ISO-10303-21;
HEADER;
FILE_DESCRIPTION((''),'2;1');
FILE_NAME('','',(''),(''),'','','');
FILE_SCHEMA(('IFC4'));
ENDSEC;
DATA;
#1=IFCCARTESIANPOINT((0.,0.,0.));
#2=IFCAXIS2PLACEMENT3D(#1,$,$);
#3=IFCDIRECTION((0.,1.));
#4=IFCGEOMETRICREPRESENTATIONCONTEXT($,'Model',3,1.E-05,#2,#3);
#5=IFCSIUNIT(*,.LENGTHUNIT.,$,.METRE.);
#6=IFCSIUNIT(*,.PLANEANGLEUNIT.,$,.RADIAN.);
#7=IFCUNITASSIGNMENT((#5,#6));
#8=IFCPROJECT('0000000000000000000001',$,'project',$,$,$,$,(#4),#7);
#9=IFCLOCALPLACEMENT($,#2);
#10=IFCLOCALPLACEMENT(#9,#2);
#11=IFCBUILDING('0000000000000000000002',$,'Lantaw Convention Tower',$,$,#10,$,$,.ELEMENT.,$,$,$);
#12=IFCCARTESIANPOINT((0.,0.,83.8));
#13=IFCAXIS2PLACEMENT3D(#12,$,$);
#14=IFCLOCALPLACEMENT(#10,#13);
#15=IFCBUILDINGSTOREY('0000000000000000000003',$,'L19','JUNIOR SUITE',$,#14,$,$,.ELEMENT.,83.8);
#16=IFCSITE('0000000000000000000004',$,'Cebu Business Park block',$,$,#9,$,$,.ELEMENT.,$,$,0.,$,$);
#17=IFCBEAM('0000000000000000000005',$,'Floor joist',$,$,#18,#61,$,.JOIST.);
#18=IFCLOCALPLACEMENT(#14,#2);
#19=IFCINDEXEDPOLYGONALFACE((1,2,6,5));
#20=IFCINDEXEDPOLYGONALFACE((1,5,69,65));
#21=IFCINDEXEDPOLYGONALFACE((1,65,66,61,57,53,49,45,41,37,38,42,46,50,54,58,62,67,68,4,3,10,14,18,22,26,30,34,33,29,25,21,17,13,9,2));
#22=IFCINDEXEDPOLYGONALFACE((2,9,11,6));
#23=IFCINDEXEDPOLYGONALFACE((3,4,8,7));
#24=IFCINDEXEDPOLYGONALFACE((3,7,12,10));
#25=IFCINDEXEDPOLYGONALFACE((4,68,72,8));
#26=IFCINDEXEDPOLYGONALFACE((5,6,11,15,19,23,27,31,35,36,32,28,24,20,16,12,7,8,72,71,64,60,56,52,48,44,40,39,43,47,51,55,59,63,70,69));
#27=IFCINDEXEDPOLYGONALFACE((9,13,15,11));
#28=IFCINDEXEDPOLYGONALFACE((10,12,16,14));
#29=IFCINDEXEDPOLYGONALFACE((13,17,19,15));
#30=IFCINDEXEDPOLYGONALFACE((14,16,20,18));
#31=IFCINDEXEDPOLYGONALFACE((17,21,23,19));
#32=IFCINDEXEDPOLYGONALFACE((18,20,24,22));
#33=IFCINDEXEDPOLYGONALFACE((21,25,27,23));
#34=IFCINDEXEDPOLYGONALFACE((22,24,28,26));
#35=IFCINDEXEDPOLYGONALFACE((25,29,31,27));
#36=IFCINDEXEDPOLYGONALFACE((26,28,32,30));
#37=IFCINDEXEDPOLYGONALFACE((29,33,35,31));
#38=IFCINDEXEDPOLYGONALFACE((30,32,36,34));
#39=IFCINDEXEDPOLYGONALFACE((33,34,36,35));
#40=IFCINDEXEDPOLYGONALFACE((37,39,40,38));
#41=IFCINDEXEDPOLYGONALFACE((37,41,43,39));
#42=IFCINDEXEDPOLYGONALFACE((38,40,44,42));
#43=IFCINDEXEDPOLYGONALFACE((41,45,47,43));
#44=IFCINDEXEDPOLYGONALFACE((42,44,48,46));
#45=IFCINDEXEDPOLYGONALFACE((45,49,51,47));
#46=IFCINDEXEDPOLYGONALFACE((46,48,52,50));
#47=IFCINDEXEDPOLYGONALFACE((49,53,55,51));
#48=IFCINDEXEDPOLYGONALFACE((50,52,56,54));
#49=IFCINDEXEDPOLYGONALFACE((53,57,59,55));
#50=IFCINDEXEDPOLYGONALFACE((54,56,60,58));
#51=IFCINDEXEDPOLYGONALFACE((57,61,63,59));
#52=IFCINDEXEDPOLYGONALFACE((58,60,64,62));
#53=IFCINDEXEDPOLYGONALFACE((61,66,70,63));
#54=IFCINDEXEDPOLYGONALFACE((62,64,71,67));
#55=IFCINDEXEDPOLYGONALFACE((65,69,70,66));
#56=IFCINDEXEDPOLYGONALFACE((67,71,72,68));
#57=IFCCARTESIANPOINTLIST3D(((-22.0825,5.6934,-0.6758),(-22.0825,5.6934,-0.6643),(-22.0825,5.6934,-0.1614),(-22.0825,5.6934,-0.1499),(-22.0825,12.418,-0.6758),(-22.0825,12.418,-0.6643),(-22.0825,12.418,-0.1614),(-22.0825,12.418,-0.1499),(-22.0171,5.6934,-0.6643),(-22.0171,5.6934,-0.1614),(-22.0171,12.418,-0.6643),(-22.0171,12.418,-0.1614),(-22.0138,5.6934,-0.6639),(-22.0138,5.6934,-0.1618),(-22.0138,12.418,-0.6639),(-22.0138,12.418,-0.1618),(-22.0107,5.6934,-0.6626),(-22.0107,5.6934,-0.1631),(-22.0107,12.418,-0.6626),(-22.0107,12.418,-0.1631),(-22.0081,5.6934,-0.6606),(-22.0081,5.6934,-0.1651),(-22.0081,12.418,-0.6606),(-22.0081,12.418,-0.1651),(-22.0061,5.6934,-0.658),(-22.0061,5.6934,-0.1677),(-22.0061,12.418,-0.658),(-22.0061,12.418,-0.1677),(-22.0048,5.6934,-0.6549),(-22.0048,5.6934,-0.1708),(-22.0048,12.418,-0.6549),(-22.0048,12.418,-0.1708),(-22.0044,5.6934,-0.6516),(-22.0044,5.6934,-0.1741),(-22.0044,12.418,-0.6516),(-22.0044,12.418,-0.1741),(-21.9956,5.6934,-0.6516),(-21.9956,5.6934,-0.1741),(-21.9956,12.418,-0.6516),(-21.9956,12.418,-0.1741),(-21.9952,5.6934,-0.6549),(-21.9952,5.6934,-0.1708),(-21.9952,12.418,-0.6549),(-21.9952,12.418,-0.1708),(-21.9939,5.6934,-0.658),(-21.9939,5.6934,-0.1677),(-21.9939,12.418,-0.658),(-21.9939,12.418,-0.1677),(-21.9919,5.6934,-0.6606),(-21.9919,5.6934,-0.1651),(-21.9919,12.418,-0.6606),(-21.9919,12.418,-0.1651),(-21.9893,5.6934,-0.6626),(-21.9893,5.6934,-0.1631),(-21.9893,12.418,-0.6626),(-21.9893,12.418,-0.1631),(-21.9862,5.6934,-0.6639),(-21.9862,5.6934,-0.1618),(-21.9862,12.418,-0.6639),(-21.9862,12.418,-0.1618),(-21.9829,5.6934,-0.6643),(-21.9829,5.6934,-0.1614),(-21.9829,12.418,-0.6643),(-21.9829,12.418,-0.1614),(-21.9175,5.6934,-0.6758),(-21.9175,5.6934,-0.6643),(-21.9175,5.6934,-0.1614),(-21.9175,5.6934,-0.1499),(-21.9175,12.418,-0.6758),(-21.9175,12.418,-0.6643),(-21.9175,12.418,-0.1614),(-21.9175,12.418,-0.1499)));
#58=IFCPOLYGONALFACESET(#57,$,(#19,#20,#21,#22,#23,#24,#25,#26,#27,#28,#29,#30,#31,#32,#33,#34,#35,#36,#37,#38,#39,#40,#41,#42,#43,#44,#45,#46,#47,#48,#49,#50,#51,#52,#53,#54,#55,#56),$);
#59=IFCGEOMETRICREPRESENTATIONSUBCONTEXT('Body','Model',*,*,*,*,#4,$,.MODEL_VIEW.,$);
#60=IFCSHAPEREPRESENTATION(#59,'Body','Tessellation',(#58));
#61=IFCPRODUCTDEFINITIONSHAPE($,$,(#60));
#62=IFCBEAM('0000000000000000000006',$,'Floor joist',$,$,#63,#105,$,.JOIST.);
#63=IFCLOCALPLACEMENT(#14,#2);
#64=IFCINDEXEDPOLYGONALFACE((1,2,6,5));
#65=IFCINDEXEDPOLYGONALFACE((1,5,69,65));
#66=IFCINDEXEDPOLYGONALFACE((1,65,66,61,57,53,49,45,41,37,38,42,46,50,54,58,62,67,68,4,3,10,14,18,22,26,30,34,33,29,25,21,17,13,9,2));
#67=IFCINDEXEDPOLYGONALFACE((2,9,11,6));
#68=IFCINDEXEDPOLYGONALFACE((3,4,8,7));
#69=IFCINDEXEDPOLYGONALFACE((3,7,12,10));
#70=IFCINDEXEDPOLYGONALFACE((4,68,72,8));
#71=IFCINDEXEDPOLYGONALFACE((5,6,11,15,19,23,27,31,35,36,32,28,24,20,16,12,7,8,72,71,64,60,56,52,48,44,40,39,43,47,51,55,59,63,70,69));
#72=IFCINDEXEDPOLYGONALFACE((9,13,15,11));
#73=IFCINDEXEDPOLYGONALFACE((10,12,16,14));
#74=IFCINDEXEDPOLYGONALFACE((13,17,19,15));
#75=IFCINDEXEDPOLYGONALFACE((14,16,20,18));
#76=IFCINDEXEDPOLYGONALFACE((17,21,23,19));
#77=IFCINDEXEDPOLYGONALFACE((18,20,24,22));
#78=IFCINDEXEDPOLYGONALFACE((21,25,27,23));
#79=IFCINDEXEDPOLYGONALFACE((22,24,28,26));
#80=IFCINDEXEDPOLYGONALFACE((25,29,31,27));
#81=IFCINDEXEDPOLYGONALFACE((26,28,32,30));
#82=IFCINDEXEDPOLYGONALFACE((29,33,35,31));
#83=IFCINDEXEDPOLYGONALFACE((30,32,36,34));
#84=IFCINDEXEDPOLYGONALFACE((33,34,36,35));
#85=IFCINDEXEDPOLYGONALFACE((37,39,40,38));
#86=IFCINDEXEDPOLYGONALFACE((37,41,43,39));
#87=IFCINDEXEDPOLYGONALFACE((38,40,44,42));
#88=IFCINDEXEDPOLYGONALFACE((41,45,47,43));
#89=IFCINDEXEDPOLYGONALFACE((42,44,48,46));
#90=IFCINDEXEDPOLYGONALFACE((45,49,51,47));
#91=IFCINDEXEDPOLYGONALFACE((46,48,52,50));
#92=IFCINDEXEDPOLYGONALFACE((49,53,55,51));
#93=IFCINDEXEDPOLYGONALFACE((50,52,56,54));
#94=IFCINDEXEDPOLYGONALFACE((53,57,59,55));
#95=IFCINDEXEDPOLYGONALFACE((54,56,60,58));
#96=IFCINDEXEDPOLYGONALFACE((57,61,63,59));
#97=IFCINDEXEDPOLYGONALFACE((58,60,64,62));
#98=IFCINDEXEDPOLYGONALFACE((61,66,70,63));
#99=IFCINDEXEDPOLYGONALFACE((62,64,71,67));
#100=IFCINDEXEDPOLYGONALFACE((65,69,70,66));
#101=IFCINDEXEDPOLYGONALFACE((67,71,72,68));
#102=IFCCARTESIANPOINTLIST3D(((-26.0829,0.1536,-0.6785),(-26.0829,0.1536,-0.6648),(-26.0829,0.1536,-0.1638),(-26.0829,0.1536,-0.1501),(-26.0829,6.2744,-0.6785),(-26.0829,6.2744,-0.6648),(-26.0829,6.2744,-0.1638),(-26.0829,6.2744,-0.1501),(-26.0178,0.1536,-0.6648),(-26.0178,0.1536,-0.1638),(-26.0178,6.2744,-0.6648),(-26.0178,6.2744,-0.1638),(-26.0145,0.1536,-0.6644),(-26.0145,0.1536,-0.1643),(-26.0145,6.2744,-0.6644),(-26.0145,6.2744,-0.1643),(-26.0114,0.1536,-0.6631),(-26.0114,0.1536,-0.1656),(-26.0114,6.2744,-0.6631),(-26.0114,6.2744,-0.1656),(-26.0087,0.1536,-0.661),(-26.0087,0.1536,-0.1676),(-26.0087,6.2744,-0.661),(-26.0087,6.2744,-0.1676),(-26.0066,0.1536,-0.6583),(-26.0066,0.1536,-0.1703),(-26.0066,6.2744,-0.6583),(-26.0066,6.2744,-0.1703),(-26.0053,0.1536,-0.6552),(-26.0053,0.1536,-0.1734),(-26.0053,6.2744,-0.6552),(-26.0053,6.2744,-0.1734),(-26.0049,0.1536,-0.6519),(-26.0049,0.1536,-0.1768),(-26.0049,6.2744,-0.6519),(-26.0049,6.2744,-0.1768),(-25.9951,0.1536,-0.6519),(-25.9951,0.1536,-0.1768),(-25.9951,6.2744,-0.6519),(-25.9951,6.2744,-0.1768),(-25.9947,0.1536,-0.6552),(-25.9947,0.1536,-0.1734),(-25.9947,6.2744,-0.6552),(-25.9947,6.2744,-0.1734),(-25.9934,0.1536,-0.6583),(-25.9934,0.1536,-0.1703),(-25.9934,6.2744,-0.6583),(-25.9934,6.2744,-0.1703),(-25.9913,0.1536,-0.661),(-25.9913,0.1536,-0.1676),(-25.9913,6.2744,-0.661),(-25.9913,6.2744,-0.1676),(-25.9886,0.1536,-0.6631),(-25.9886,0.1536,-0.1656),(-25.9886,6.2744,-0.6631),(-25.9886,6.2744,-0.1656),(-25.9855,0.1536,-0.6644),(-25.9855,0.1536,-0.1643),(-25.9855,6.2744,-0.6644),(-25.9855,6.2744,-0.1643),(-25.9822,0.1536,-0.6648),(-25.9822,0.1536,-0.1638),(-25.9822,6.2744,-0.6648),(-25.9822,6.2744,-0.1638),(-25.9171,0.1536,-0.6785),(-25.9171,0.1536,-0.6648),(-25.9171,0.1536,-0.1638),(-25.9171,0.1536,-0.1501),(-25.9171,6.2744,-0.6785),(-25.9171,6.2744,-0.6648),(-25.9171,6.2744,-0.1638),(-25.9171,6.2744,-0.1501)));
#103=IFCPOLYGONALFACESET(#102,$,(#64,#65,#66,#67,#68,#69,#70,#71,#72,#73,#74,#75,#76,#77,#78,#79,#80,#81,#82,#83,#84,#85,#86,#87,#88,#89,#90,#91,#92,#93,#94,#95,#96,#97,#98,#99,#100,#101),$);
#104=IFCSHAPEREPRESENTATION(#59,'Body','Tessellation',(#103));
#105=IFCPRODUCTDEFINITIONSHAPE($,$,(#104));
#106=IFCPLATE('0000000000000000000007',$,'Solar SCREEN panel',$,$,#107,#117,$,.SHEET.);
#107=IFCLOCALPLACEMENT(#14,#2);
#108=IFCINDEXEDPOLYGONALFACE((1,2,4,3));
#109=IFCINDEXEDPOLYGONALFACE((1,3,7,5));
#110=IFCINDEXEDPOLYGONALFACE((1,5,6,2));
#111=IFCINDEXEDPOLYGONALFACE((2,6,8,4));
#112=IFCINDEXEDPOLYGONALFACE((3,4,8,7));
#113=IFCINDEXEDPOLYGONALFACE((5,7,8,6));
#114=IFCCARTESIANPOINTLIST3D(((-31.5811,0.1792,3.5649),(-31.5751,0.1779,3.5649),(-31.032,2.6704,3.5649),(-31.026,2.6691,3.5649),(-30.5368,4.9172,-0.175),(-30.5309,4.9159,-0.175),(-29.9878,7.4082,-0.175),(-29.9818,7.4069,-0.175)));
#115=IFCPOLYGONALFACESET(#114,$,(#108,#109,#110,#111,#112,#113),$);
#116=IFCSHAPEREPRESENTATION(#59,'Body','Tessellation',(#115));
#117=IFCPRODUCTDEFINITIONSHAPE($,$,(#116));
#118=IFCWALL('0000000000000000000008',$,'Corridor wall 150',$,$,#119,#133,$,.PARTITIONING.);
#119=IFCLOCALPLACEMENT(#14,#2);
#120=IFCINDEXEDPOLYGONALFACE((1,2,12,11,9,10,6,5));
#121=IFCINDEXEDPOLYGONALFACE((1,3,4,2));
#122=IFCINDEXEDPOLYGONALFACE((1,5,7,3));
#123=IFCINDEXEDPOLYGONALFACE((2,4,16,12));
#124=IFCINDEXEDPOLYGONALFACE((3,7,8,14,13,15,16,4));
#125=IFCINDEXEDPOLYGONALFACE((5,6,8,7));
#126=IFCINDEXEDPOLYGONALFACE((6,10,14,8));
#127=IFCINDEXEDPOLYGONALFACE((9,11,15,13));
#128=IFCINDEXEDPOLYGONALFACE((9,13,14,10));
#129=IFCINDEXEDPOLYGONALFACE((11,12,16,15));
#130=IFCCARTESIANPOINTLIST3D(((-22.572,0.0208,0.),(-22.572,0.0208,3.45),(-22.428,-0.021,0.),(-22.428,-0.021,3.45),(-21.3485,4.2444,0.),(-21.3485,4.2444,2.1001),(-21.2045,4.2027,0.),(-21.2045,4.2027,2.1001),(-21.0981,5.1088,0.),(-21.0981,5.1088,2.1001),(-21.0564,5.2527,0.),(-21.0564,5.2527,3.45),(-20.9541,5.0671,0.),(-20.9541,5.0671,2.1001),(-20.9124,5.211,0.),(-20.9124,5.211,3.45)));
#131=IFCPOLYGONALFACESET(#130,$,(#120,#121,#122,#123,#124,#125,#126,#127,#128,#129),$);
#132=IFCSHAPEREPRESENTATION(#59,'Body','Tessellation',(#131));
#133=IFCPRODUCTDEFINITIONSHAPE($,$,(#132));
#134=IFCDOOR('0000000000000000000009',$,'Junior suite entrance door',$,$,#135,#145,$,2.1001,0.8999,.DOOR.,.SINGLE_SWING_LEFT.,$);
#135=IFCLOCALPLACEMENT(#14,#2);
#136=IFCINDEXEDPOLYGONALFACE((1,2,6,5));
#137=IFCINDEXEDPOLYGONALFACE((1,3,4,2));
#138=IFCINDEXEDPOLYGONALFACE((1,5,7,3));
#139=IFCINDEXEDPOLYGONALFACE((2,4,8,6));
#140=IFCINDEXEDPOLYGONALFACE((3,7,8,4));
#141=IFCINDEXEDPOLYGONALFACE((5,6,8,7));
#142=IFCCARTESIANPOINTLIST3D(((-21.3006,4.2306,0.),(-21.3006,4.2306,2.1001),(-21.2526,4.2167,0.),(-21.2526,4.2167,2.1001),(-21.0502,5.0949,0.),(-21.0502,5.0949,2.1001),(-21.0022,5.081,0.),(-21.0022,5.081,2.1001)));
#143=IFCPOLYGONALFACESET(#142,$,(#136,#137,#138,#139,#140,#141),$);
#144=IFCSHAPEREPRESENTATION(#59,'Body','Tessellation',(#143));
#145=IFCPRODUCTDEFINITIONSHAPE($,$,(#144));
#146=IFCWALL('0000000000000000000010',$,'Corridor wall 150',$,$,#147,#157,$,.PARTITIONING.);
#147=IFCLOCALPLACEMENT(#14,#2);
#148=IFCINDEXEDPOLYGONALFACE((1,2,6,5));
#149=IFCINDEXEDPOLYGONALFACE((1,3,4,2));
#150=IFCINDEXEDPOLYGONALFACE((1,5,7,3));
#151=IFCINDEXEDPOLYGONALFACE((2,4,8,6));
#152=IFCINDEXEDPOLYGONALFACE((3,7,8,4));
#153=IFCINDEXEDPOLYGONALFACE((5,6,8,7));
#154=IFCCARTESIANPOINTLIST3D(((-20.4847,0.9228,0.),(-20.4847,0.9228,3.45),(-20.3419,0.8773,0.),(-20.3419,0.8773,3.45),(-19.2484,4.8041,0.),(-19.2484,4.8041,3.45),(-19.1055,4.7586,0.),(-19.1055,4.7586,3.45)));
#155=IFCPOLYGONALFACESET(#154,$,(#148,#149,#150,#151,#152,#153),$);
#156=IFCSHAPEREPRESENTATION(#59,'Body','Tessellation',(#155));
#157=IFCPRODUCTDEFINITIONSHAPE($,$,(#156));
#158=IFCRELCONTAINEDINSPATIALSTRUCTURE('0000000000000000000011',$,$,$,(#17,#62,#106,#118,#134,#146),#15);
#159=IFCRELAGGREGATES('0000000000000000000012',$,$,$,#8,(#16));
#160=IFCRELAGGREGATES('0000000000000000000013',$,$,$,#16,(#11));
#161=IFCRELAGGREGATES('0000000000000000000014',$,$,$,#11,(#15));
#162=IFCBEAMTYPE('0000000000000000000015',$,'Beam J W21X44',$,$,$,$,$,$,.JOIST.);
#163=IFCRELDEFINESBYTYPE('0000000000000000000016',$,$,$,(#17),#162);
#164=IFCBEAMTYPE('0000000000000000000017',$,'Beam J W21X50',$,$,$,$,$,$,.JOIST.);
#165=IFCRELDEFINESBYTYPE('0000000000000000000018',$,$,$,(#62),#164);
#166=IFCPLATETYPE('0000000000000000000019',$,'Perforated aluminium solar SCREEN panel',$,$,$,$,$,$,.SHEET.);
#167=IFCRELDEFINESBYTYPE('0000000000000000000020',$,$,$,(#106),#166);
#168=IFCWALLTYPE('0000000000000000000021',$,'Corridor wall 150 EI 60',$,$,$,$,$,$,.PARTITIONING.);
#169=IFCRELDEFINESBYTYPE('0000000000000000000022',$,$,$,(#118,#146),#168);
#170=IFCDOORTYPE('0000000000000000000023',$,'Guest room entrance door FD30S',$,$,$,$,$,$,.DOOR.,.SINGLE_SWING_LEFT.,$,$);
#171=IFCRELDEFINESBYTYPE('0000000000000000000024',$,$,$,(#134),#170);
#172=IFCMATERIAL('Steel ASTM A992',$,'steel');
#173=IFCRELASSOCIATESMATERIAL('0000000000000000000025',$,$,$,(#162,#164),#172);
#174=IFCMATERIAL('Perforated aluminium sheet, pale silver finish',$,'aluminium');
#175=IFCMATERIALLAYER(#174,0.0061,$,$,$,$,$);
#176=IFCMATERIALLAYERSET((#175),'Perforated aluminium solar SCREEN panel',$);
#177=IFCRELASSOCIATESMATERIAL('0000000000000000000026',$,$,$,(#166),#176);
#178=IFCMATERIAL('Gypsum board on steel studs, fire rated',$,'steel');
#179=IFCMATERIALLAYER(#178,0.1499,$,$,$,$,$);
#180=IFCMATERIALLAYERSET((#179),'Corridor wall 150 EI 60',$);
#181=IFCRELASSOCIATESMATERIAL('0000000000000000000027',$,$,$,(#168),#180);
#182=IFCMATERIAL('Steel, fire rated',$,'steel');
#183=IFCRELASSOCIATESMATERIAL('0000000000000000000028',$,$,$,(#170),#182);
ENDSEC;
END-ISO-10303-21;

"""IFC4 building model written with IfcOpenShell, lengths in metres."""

from ifc_helpers import new_model, si_unit, direction, frame, frame_2d, origin, origin_2d, place, context, subcontext, project, spatial, polyline, rectangle, i_section, outline, extrude, material, layer, layer_set, material_profile, profile_set, type_object, element, fill, save


model = new_model("IFC4")

# Units and contexts
model_context = context("Model", 3, precision=1e-05, world=origin(), true_north=direction((0.0, 1.0)))
body_context = subcontext(model_context, "Body", "Model", "MODEL_VIEW")
ifc_project = project(units=[si_unit("LENGTHUNIT", "METRE"), si_unit("PLANEANGLEUNIT", "RADIAN")], contexts=[model_context])

# Site, building, storey
site_placement = place(None, origin())
site = spatial("IfcSite", under=ifc_project, at=site_placement, Name="Cebu Business Park block", CompositionType="ELEMENT", RefElevation=0.0)
building_placement = place(site_placement, origin())
building = spatial("IfcBuilding", under=site, at=building_placement, Name="Lantaw Convention Tower", CompositionType="ELEMENT")
storey_placement = place(building_placement, frame((0.0, 0.0, 83.8)))
storey = spatial("IfcBuildingStorey", under=building, at=storey_placement, Name="L19", Description="JUNIOR SUITE", CompositionType="ELEMENT", Elevation=83.8)

# Beams
ifc_material_1 = material(Name="Steel ASTM A992", Category="steel")
ifc_material_profile_1 = material_profile(ifc_material_1, i_section(OverallWidth=0.165, OverallDepth=0.5259, WebThickness=0.0088, FlangeThickness=0.0115, FilletRadius=0.0127, at=origin_2d()), Name="W21X44")
ifc_profile_set_1 = profile_set([ifc_material_profile_1], Name="Steel ASTM A992")
beam_type_1 = type_object("IfcBeamType", Name="Beam J W21X44", PredefinedType="JOIST", material=ifc_profile_set_1)
beam_1_placement = place(storey_placement, frame((-22.0, 5.6934, -0.4128), z_axis=(0.0, 1.0, 0.0), x_axis=(-1.0, 0.0, 0.0)))
element("IfcBeam", 1, at=beam_1_placement, inside=storey, type_object=beam_type_1, Name="Floor joist", PredefinedType="JOIST", context=body_context, shape_type="SweptSolid", body=[
    extrude(i_section(OverallWidth=0.165, OverallDepth=0.5259, WebThickness=0.0088, FlangeThickness=0.0115, FilletRadius=0.0127, at=origin_2d()), origin(), (0.0, 0.0, 1.0), 6.7246),
])
ifc_material_profile_2 = material_profile(ifc_material_1, i_section(OverallWidth=0.1658, OverallDepth=0.5283, WebThickness=0.0098, FlangeThickness=0.0137, FilletRadius=0.0129, at=origin_2d()), Name="W21X50")
ifc_profile_set_2 = profile_set([ifc_material_profile_2], Name="Steel ASTM A992")
beam_type_2 = type_object("IfcBeamType", Name="Beam J W21X50", PredefinedType="JOIST", material=ifc_profile_set_2)
beam_2_placement = place(storey_placement, frame((-26.0, 0.1536, -0.4143), z_axis=(0.0, 1.0, 0.0), x_axis=(-1.0, 0.0, 0.0)))
element("IfcBeam", 2, at=beam_2_placement, inside=storey, type_object=beam_type_2, Name="Floor joist", PredefinedType="JOIST", context=body_context, shape_type="SweptSolid", body=[
    extrude(i_section(OverallWidth=0.1658, OverallDepth=0.5283, WebThickness=0.0098, FlangeThickness=0.0137, FilletRadius=0.0129, at=origin_2d()), origin(), (0.0, 0.0, 1.0), 6.1208),
])

# Plate
ifc_material_2 = material(Name="Perforated aluminium sheet, pale silver finish", Category="aluminium")
ifc_layer_1 = layer(ifc_material_2, 0.0061)
ifc_layer_set_1 = layer_set([ifc_layer_1], Name="Perforated aluminium solar SCREEN panel")
plate_type = type_object("IfcPlateType", Name="Perforated aluminium solar SCREEN panel", PredefinedType="SHEET", material=ifc_layer_set_1)
plate_placement = place(storey_placement, frame((-29.9878, 7.4082, -0.175), z_axis=(-0.976559, 0.215248, 0.00003), x_axis=(-0.215248, -0.976559, 0.0)))
element("IfcPlate", 3, at=plate_placement, inside=storey, type_object=plate_type, Name="Solar SCREEN panel", PredefinedType="SHEET", context=body_context, shape_type="SweptSolid", body=[
    extrude(outline(polyline([(0.0, 0.0), (2.5508, 0.0), (7.4025, 3.74), (4.8515, 3.74), (0.0, 0.0)])), origin(), (0.0, 0.0, -1.0), 0.0061),
])

# Wall, opening, door
ifc_material_3 = material(Name="Gypsum board on steel studs, fire rated", Category="steel")
ifc_layer_2 = layer(ifc_material_3, 0.1499)
ifc_layer_set_2 = layer_set([ifc_layer_2], Name="Corridor wall 150 EI 60")
wall_type_1 = type_object("IfcWallType", Name="Corridor wall 150 EI 60", PredefinedType="PARTITIONING", material=ifc_layer_set_2)
wall_1_placement = place(storey_placement, frame((-20.9844, 5.2319, 0.0), z_axis=(0.0, 0.0, 1.0), x_axis=(-0.278247, -0.960509, 0.0)))
wall_1 = element("IfcWall", 4, at=wall_1_placement, inside=storey, type_object=wall_type_1, Name="Corridor wall 150", PredefinedType="PARTITIONING", context=body_context, shape_type="SweptSolid", body=[
    extrude(rectangle(XDim=5.447, YDim=0.1499, at=frame_2d((2.7236, 0.0))), origin(), (0.0, 0.0, 1.0), 3.45),
])
opening_1_placement = place(wall_1_placement, frame((0.1499, 0.0, 0.0)))
opening_1 = element("IfcOpeningElement", 5, at=opening_1_placement, cuts=wall_1, PredefinedType="OPENING", context=body_context, shape_type="SweptSolid", body=[
    extrude(rectangle(XDim=0.8999, YDim=2.1001, at=frame_2d((0.45, 1.05))), frame((0.0, 0.085, 0.0), z_axis=(0.0, -1.0, 0.0), x_axis=(1.0, 0.0, 0.0)), (0.0, 0.0, 1.0), 0.1699),
])
ifc_material_4 = material(Name="Steel, fire rated", Category="steel")
door_type = type_object("IfcDoorType", Name="Guest room entrance door FD30S", OperationType="SINGLE_SWING_LEFT", PredefinedType="DOOR", material=ifc_material_4)
door_placement = place(opening_1_placement, origin())
door = element("IfcDoor", 6, at=door_placement, inside=storey, type_object=door_type, Name="Junior suite entrance door", OperationType="SINGLE_SWING_LEFT", OverallHeight=2.1001, OverallWidth=0.8999, PredefinedType="DOOR", context=body_context, shape_type="SweptSolid", body=[
    extrude(rectangle(XDim=0.8999, YDim=2.1001, at=frame_2d((0.45, 1.05))), frame((0.0, 0.0249, 0.0), z_axis=(0.0, -1.0, 0.0), x_axis=(1.0, 0.0, 0.0)), (0.0, 0.0, 1.0), 0.05),
])
fill(opening_1, door)

# Wall
wall_2_placement = place(storey_placement, frame((-19.177, 4.7812, 0.0), z_axis=(0.0, 0.0, 1.0), x_axis=(-0.303505, -0.95283, 0.0)))
element("IfcWall", 7, at=wall_2_placement, inside=storey, type_object=wall_type_1, Name="Corridor wall 150", PredefinedType="PARTITIONING", context=body_context, shape_type="SweptSolid", body=[
    extrude(rectangle(XDim=4.0735, YDim=0.1499, at=frame_2d((2.0366, 0.0))), origin(), (0.0, 0.0, 1.0), 3.45),
])

save(model, "model.ifc")
